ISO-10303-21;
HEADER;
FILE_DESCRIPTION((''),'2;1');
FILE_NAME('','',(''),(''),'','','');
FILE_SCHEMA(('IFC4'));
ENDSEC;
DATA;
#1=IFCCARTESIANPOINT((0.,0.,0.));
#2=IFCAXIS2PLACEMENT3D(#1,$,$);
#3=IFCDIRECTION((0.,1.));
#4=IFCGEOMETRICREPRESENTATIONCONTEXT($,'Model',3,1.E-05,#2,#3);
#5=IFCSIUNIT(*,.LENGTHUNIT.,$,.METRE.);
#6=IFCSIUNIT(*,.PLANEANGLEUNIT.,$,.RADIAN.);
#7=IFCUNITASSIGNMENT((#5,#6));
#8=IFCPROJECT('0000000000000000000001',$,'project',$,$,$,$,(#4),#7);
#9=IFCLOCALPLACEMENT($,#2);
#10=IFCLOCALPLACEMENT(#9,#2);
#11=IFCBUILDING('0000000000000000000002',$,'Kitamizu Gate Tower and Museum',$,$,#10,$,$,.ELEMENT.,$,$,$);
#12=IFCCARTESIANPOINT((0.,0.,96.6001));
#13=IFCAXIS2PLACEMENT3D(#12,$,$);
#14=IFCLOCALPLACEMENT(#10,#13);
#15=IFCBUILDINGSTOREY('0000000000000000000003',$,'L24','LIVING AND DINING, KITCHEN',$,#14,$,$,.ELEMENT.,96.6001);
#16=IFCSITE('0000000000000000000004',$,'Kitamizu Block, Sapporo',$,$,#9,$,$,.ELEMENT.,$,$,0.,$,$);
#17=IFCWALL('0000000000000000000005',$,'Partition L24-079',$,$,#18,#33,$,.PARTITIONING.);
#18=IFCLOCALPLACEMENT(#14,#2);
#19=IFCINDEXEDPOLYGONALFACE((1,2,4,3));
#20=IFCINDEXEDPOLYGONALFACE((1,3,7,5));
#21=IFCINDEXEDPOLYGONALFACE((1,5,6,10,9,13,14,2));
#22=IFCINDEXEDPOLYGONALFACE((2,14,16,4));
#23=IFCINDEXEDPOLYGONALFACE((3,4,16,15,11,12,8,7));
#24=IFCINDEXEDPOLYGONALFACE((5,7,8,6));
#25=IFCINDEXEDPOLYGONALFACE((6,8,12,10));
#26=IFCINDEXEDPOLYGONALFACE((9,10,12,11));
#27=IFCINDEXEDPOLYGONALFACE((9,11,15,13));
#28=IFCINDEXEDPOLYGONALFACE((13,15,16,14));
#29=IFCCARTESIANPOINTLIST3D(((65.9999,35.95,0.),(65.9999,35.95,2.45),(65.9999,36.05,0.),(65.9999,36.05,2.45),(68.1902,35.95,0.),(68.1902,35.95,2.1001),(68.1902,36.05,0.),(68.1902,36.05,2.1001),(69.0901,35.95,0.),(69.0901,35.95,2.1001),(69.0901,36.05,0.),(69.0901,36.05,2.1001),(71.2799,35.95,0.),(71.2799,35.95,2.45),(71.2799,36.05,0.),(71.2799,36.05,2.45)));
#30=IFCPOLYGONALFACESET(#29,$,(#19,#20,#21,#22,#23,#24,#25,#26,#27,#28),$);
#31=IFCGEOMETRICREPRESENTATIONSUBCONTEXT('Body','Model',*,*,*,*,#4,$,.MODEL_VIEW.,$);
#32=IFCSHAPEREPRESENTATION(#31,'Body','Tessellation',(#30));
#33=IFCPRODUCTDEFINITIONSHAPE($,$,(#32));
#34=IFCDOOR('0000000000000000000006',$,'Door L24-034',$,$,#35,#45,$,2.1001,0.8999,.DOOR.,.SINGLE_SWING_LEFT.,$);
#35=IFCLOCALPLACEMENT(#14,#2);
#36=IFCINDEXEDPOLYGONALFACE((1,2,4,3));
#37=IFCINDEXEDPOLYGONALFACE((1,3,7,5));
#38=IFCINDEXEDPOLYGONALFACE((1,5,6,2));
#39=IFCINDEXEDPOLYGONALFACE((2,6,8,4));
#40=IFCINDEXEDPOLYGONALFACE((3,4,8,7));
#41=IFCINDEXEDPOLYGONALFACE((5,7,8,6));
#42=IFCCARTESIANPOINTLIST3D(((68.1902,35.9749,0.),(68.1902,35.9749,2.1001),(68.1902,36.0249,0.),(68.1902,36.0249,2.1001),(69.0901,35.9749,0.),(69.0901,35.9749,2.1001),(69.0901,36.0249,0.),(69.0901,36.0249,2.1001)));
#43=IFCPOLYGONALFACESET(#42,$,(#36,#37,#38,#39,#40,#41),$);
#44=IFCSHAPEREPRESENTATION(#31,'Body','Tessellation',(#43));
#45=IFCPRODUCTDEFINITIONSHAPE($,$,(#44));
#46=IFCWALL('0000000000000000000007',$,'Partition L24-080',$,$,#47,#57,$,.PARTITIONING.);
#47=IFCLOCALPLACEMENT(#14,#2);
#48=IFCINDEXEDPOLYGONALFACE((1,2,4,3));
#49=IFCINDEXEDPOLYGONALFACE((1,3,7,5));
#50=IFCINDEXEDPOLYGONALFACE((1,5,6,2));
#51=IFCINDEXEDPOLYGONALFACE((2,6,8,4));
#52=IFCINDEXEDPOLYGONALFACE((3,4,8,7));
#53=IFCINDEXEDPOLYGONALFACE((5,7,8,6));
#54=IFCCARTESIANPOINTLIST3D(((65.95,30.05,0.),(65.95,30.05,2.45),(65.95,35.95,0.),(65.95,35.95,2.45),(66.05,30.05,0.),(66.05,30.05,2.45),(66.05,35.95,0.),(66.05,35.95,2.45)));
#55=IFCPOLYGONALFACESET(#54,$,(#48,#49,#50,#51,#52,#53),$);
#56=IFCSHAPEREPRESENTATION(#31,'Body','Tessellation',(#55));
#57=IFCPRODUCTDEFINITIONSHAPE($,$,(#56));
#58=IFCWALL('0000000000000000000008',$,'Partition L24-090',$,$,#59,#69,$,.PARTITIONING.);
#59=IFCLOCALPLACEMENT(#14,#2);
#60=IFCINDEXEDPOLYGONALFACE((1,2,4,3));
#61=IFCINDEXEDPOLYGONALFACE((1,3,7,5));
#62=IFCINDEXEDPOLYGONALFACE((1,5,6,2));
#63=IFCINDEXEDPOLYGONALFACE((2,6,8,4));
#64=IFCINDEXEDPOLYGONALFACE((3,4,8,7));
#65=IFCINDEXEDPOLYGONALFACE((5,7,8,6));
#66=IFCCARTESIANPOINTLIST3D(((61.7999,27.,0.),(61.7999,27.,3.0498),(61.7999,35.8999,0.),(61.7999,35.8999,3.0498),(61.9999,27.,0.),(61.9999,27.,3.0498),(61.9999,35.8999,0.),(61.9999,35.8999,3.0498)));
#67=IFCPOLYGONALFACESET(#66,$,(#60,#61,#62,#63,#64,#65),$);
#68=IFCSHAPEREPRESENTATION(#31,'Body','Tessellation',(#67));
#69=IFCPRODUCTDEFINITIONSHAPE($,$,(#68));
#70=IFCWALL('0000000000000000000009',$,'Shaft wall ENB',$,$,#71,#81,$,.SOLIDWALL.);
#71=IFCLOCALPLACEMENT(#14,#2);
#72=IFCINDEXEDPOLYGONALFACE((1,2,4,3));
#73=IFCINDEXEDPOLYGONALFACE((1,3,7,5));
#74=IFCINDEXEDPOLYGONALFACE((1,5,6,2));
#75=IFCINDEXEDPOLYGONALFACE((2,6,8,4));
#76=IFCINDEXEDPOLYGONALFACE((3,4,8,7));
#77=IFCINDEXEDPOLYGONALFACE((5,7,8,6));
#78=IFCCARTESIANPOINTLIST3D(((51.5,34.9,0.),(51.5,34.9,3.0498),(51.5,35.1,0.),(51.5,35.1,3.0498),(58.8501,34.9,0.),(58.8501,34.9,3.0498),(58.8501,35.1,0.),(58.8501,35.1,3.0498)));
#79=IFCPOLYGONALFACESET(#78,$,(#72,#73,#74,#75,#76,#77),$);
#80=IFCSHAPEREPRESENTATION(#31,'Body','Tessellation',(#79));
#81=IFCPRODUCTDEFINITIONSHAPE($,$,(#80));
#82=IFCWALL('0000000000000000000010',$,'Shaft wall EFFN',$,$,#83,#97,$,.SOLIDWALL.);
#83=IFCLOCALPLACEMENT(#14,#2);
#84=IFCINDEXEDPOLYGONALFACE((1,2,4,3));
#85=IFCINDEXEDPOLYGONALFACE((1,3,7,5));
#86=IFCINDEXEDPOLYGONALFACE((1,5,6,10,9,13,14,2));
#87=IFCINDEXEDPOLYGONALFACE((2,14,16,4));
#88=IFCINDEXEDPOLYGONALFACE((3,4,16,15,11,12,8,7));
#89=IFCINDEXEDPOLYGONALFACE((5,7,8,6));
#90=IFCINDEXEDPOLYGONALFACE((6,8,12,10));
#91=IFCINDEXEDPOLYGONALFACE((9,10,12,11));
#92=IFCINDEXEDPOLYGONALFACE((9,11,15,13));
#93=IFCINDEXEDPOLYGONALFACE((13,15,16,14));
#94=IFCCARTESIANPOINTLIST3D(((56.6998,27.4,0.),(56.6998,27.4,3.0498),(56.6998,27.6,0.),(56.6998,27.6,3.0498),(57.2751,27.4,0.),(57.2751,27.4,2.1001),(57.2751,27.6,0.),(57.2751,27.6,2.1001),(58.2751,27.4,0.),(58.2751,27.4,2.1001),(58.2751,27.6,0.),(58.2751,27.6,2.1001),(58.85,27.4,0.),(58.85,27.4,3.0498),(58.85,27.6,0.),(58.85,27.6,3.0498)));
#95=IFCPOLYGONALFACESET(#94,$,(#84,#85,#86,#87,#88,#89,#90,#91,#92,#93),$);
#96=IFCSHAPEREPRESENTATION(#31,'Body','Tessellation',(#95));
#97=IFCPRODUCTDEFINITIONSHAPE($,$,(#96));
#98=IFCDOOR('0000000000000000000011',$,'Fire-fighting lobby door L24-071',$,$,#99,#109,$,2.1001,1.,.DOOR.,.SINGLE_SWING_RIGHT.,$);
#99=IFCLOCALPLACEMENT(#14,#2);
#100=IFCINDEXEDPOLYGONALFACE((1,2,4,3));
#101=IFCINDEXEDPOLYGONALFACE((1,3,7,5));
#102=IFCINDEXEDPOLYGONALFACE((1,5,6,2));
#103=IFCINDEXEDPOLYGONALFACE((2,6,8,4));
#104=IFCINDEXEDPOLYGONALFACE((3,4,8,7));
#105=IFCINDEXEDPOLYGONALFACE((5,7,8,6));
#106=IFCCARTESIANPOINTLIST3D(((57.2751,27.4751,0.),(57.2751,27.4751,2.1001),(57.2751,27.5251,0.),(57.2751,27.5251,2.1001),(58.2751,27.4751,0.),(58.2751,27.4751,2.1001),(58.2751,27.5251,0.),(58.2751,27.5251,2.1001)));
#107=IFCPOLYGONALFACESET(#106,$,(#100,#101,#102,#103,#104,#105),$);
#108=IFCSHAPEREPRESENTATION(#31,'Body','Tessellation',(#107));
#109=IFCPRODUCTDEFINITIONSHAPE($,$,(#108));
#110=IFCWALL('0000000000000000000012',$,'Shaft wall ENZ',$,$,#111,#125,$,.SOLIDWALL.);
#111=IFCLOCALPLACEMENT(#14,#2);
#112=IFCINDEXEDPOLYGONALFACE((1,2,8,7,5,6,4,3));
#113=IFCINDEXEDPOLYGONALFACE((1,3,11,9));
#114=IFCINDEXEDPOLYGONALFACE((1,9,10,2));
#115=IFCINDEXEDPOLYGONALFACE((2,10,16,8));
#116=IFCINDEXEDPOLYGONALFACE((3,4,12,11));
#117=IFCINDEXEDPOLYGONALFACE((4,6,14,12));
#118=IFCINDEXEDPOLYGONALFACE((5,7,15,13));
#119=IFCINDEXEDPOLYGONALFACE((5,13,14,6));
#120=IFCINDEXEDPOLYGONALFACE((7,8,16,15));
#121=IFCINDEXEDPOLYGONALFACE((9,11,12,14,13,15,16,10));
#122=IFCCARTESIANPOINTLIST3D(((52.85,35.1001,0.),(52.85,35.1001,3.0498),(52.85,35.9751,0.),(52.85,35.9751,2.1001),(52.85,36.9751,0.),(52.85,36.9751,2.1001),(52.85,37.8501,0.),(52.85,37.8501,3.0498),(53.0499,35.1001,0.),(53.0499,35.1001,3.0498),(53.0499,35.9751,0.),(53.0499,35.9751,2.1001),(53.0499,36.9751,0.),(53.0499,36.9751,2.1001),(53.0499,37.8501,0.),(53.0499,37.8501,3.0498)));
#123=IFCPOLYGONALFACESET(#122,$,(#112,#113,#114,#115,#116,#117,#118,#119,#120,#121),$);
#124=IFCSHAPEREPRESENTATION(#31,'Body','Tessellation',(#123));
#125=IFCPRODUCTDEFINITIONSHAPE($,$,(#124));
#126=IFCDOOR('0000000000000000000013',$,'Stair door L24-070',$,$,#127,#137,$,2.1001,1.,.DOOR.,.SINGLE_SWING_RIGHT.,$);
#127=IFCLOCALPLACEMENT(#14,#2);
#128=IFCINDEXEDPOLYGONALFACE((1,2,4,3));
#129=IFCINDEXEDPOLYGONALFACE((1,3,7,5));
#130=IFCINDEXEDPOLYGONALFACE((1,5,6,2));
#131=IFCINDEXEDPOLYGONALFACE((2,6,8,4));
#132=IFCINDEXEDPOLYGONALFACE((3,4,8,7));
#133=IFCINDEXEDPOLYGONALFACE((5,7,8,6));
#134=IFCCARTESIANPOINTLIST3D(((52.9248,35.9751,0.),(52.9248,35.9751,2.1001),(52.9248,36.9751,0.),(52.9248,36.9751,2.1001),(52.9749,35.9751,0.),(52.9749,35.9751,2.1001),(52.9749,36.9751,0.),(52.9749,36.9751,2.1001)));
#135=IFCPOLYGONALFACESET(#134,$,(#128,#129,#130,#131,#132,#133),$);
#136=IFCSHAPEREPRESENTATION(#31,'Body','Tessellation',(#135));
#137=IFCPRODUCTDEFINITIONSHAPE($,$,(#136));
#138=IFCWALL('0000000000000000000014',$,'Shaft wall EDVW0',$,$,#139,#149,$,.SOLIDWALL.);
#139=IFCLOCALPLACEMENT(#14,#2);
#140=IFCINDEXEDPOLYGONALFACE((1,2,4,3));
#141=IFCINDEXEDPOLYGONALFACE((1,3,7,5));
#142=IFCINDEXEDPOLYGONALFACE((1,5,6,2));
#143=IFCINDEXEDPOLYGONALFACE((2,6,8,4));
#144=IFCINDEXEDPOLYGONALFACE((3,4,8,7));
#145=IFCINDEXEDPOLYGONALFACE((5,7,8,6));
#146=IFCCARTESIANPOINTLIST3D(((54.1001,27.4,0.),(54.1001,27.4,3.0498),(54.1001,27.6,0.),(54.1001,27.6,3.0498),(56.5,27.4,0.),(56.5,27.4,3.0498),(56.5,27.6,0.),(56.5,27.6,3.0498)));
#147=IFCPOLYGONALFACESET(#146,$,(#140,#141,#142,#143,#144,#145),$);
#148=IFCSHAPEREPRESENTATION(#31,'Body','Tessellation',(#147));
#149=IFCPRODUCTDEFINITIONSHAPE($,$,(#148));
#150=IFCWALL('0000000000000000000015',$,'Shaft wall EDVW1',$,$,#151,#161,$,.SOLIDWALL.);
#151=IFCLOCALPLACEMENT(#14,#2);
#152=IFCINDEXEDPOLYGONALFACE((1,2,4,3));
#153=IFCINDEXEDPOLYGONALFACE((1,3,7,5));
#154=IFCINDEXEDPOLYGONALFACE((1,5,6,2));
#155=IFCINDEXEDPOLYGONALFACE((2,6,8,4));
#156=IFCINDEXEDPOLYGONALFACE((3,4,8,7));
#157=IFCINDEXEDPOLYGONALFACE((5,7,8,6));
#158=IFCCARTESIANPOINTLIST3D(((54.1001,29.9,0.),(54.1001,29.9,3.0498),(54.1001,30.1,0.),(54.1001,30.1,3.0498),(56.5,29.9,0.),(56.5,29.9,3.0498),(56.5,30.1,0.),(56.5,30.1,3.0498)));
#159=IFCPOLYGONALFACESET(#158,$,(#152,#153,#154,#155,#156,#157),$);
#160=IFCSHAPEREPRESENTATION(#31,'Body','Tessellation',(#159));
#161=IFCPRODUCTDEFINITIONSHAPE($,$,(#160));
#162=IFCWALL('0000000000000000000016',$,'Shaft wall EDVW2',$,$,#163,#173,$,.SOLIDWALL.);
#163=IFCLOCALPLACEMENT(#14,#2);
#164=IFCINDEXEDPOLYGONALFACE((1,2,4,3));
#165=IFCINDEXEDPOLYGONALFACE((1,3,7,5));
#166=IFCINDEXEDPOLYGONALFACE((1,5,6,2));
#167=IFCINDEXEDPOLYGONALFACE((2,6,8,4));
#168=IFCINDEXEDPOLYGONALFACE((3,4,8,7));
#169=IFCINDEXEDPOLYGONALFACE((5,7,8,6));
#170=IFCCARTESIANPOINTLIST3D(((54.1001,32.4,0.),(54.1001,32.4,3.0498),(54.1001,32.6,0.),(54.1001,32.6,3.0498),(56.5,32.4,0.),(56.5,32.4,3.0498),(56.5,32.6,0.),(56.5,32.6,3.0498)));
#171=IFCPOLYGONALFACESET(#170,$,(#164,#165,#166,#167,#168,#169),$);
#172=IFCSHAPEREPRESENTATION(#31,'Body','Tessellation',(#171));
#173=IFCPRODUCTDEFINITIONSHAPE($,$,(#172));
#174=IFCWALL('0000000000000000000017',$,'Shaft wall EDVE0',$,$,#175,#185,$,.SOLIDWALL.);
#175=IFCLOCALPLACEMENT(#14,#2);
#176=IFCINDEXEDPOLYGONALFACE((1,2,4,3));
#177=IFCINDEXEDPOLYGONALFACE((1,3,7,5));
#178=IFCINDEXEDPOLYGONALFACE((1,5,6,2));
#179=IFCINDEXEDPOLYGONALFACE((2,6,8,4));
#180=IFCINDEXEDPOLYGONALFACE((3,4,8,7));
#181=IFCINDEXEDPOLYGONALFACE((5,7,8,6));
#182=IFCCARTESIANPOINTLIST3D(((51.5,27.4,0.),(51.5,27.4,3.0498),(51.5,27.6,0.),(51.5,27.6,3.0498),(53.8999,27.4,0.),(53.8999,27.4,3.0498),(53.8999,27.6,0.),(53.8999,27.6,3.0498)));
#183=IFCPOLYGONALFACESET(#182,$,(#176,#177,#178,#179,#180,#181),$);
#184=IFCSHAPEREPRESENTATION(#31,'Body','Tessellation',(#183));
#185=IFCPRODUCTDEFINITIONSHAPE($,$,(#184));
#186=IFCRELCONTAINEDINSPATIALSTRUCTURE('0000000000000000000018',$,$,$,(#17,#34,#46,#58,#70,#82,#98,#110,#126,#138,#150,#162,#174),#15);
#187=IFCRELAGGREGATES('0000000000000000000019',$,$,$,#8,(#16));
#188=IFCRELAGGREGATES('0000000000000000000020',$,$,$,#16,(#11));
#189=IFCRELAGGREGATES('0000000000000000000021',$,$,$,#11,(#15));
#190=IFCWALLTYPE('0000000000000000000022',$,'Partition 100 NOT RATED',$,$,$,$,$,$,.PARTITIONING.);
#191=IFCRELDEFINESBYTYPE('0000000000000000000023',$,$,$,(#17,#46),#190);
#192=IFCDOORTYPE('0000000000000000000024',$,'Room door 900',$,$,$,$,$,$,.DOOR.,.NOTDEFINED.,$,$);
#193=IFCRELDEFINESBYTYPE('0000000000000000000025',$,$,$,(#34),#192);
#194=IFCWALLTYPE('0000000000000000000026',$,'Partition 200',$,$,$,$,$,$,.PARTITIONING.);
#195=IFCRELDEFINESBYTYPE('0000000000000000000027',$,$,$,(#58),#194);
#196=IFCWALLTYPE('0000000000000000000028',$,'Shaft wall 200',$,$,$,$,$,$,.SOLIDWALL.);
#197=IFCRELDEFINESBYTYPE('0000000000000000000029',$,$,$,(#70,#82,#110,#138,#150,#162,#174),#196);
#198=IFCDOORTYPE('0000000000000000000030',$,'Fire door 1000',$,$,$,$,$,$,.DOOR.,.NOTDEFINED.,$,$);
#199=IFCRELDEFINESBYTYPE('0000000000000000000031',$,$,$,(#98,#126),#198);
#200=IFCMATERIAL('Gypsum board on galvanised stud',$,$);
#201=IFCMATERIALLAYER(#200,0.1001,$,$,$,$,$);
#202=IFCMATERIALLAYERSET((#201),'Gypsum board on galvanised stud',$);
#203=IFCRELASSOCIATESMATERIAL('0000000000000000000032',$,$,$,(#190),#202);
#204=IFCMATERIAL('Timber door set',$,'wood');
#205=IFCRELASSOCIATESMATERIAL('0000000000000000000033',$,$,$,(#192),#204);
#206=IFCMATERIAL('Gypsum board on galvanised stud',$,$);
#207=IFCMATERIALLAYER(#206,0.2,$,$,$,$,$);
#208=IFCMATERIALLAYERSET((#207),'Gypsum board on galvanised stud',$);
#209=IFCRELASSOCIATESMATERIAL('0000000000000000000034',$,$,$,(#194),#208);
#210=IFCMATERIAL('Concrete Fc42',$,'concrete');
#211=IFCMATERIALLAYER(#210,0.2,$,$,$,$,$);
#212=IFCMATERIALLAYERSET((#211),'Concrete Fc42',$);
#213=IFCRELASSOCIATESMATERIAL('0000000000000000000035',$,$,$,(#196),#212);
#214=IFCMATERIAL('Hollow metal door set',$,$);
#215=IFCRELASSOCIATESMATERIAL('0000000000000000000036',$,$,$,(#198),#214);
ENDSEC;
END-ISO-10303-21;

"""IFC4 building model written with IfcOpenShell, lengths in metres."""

from ifc_helpers import new_model, si_unit, direction, frame, frame_2d, origin, place, context, subcontext, project, spatial, rectangle, extrude, material, layer, layer_set, type_object, element, fill, save


model = new_model("IFC4")

# Units and contexts
model_context = context("Model", 3, precision=1e-05, world=origin(), true_north=direction((0.0, 1.0)))
body_context = subcontext(model_context, "Body", "Model", "MODEL_VIEW")
ifc_project = project(units=[si_unit("LENGTHUNIT", "METRE"), si_unit("PLANEANGLEUNIT", "RADIAN")], contexts=[model_context])

# Site, building, storey
site_placement = place(None, origin())
site = spatial("IfcSite", under=ifc_project, at=site_placement, Name="Kitamizu Block, Sapporo", CompositionType="ELEMENT", RefElevation=0.0)
building_placement = place(site_placement, origin())
building = spatial("IfcBuilding", under=site, at=building_placement, Name="Kitamizu Gate Tower and Museum", CompositionType="ELEMENT")
storey_placement = place(building_placement, frame((0.0, 0.0, 96.6001)))
storey = spatial("IfcBuildingStorey", under=building, at=storey_placement, Name="L24", Description="LIVING AND DINING, KITCHEN", CompositionType="ELEMENT", Elevation=96.6001)

# Shared definitions
ifc_material_1 = material(Name="Gypsum board on galvanised stud")
ifc_layer_1 = layer(ifc_material_1, 0.1001)
ifc_layer_set_1 = layer_set([ifc_layer_1], Name="Gypsum board on galvanised stud")
wall_type_1 = type_object("IfcWallType", Name="Partition 100 NOT RATED", PredefinedType="PARTITIONING", material=ifc_layer_set_1)
ifc_material_2 = material(Name="Timber door set", Category="wood")
door_type_1 = type_object("IfcDoorType", Name="Room door 900", OperationType="NOTDEFINED", PredefinedType="DOOR", material=ifc_material_2)

# Wall, opening, door
wall_1_placement = place(storey_placement, frame((71.28, 36.0, 0.0), z_axis=(0.0, 0.0, 1.0), x_axis=(-1.0, 0.0, 0.0)))
wall_1 = element("IfcWall", 1, at=wall_1_placement, inside=storey, type_object=wall_type_1, Name="Partition L24-079", PredefinedType="PARTITIONING", context=body_context, shape_type="SweptSolid", body=[
    extrude(rectangle(XDim=5.28, YDim=0.1001, at=frame_2d((2.6401, 0.0))), origin(), (0.0, 0.0, 1.0), 2.45),
])
opening_1_placement = place(wall_1_placement, frame((2.1899, 0.0, 0.0)))
opening_1 = element("IfcOpeningElement", 2, at=opening_1_placement, cuts=wall_1, PredefinedType="OPENING", context=body_context, shape_type="SweptSolid", body=[
    extrude(rectangle(XDim=0.8999, YDim=2.1001, at=frame_2d((0.45, 1.05))), frame((0.0, 0.0601, 0.0), z_axis=(0.0, -1.0, 0.0), x_axis=(1.0, 0.0, 0.0)), (0.0, 0.0, 1.0), 0.1201),
])
door_1_placement = place(opening_1_placement, frame((0.8999, 0.0, 0.0), x_axis=(-1.0, 0.0, 0.0)))
door_1 = element("IfcDoor", 3, at=door_1_placement, inside=storey, type_object=door_type_1, Name="Door L24-034", OperationType="SINGLE_SWING_LEFT", OverallHeight=2.1001, OverallWidth=0.8999, PredefinedType="DOOR", context=body_context, shape_type="SweptSolid", body=[
    extrude(rectangle(XDim=0.8999, YDim=2.1001, at=frame_2d((0.45, 1.05))), frame((0.0, 0.0249, 0.0), z_axis=(0.0, -1.0, 0.0), x_axis=(1.0, 0.0, 0.0)), (0.0, 0.0, 1.0), 0.05),
])
fill(opening_1, door_1)

# Walls
wall_2_placement = place(storey_placement, frame((66.0, 35.95, 0.0), z_axis=(0.0, 0.0, 1.0), x_axis=(0.0, -1.0, 0.0)))
element("IfcWall", 4, at=wall_2_placement, inside=storey, type_object=wall_type_1, Name="Partition L24-080", PredefinedType="PARTITIONING", context=body_context, shape_type="SweptSolid", body=[
    extrude(rectangle(XDim=5.8999, YDim=0.1001, at=frame_2d((2.95, 0.0))), origin(), (0.0, 0.0, 1.0), 2.45),
])
ifc_material_3 = material(Name="Gypsum board on galvanised stud")
ifc_layer_2 = layer(ifc_material_3, 0.2)
ifc_layer_set_2 = layer_set([ifc_layer_2], Name="Gypsum board on galvanised stud")
wall_type_2 = type_object("IfcWallType", Name="Partition 200", PredefinedType="PARTITIONING", material=ifc_layer_set_2)
wall_3_placement = place(storey_placement, frame((61.8999, 35.8999, 0.0), z_axis=(0.0, 0.0, 1.0), x_axis=(0.0, -1.0, 0.0)))
element("IfcWall", 5, at=wall_3_placement, inside=storey, type_object=wall_type_2, Name="Partition L24-090", PredefinedType="PARTITIONING", context=body_context, shape_type="SweptSolid", body=[
    extrude(rectangle(XDim=8.8999, YDim=0.2, at=frame_2d((4.45, 0.0))), origin(), (0.0, 0.0, 1.0), 3.0498),
])
ifc_material_4 = material(Name="Concrete Fc42", Category="concrete")
ifc_layer_3 = layer(ifc_material_4, 0.2)
ifc_layer_set_3 = layer_set([ifc_layer_3], Name="Concrete Fc42")
wall_type_3 = type_object("IfcWallType", Name="Shaft wall 200", PredefinedType="SOLIDWALL", material=ifc_layer_set_3)
wall_4_placement = place(storey_placement, frame((58.8501, 35.0, 0.0), z_axis=(0.0, 0.0, 1.0), x_axis=(-1.0, 0.0, 0.0)))
element("IfcWall", 6, at=wall_4_placement, inside=storey, type_object=wall_type_3, Name="Shaft wall ENB", PredefinedType="SOLIDWALL", context=body_context, shape_type="SweptSolid", body=[
    extrude(rectangle(XDim=7.3501, YDim=0.2, at=frame_2d((3.675, 0.0))), origin(), (0.0, 0.0, 1.0), 3.0498),
])

# Walls, openings, doors
wall_5_placement = place(storey_placement, frame((58.8501, 27.5, 0.0), z_axis=(0.0, 0.0, 1.0), x_axis=(-1.0, 0.0, 0.0)))
wall_5 = element("IfcWall", 7, at=wall_5_placement, inside=storey, type_object=wall_type_3, Name="Shaft wall EFFN", PredefinedType="SOLIDWALL", context=body_context, shape_type="SweptSolid", body=[
    extrude(rectangle(XDim=2.1501, YDim=0.2, at=frame_2d((1.0752, 0.0))), origin(), (0.0, 0.0, 1.0), 3.0498),
])
opening_2_placement = place(wall_5_placement, frame((0.575, 0.0, 0.0)))
opening_2 = element("IfcOpeningElement", 8, at=opening_2_placement, cuts=wall_5, PredefinedType="OPENING", context=body_context, shape_type="SweptSolid", body=[
    extrude(rectangle(XDim=1.0, YDim=2.1001, at=frame_2d((0.5, 1.05))), frame((0.0, 0.1099, 0.0), z_axis=(0.0, -1.0, 0.0), x_axis=(1.0, 0.0, 0.0)), (0.0, 0.0, 1.0), 0.22),
])
ifc_material_5 = material(Name="Hollow metal door set")
door_type_2 = type_object("IfcDoorType", Name="Fire door 1000", OperationType="NOTDEFINED", PredefinedType="DOOR", material=ifc_material_5)
door_2_placement = place(opening_2_placement, origin())
door_2 = element("IfcDoor", 9, at=door_2_placement, inside=storey, type_object=door_type_2, Name="Fire-fighting lobby door L24-071", OperationType="SINGLE_SWING_RIGHT", OverallHeight=2.1001, OverallWidth=1.0, PredefinedType="DOOR", context=body_context, shape_type="SweptSolid", body=[
    extrude(rectangle(XDim=1.0, YDim=2.1001, at=frame_2d((0.5, 1.05))), frame((0.0, 0.0249, 0.0), z_axis=(0.0, -1.0, 0.0), x_axis=(1.0, 0.0, 0.0)), (0.0, 0.0, 1.0), 0.05),
])
fill(opening_2, door_2)
wall_6_placement = place(storey_placement, frame((52.95, 35.1001, 0.0), z_axis=(0.0, 0.0, 1.0), x_axis=(0.0, 1.0, 0.0)))
wall_6 = element("IfcWall", 10, at=wall_6_placement, inside=storey, type_object=wall_type_3, Name="Shaft wall ENZ", PredefinedType="SOLIDWALL", context=body_context, shape_type="SweptSolid", body=[
    extrude(rectangle(XDim=2.75, YDim=0.2, at=frame_2d((1.375, 0.0))), origin(), (0.0, 0.0, 1.0), 3.0498),
])
opening_3_placement = place(wall_6_placement, frame((0.875, 0.0, 0.0)))
opening_3 = element("IfcOpeningElement", 11, at=opening_3_placement, cuts=wall_6, PredefinedType="OPENING", context=body_context, shape_type="SweptSolid", body=[
    extrude(rectangle(XDim=1.0, YDim=2.1001, at=frame_2d((0.5, 1.05))), frame((0.0, 0.1099, 0.0), z_axis=(0.0, -1.0, 0.0), x_axis=(1.0, 0.0, 0.0)), (0.0, 0.0, 1.0), 0.22),
])
door_3_placement = place(opening_3_placement, frame((1.0, 0.0, 0.0), x_axis=(-1.0, 0.0, 0.0)))
door_3 = element("IfcDoor", 12, at=door_3_placement, inside=storey, type_object=door_type_2, Name="Stair door L24-070", OperationType="SINGLE_SWING_RIGHT", OverallHeight=2.1001, OverallWidth=1.0, PredefinedType="DOOR", context=body_context, shape_type="SweptSolid", body=[
    extrude(rectangle(XDim=1.0, YDim=2.1001, at=frame_2d((0.5, 1.05))), frame((0.0, 0.0249, 0.0), z_axis=(0.0, -1.0, 0.0), x_axis=(1.0, 0.0, 0.0)), (0.0, 0.0, 1.0), 0.05),
])
fill(opening_3, door_3)

# Walls
for number, where, z_axis, x_axis, name in (
    (13, (56.5, 27.5, 0.0), (0.0, 0.0, 1.0), (-1.0, 0.0, 0.0), "Shaft wall EDVW0"),
    (14, (56.5, 30.0, 0.0), (0.0, 0.0, 1.0), (-1.0, 0.0, 0.0), "Shaft wall EDVW1"),
    (15, (56.5, 32.5, 0.0), (0.0, 0.0, 1.0), (-1.0, 0.0, 0.0), "Shaft wall EDVW2"),
    (16, (53.8999, 27.5, 0.0), (0.0, 0.0, 1.0), (-1.0, 0.0, 0.0), "Shaft wall EDVE0"),
):
    element("IfcWall", number, at=place(storey_placement, frame(where, z_axis=z_axis, x_axis=x_axis)), inside=storey, type_object=wall_type_3, Name=name, PredefinedType="SOLIDWALL", context=body_context, shape_type="SweptSolid", body=[
        extrude(rectangle(XDim=2.3999, YDim=0.2, at=frame_2d((1.2, 0.0))), origin(), (0.0, 0.0, 1.0), 3.0498),
    ])

save(model, "model.ifc")
